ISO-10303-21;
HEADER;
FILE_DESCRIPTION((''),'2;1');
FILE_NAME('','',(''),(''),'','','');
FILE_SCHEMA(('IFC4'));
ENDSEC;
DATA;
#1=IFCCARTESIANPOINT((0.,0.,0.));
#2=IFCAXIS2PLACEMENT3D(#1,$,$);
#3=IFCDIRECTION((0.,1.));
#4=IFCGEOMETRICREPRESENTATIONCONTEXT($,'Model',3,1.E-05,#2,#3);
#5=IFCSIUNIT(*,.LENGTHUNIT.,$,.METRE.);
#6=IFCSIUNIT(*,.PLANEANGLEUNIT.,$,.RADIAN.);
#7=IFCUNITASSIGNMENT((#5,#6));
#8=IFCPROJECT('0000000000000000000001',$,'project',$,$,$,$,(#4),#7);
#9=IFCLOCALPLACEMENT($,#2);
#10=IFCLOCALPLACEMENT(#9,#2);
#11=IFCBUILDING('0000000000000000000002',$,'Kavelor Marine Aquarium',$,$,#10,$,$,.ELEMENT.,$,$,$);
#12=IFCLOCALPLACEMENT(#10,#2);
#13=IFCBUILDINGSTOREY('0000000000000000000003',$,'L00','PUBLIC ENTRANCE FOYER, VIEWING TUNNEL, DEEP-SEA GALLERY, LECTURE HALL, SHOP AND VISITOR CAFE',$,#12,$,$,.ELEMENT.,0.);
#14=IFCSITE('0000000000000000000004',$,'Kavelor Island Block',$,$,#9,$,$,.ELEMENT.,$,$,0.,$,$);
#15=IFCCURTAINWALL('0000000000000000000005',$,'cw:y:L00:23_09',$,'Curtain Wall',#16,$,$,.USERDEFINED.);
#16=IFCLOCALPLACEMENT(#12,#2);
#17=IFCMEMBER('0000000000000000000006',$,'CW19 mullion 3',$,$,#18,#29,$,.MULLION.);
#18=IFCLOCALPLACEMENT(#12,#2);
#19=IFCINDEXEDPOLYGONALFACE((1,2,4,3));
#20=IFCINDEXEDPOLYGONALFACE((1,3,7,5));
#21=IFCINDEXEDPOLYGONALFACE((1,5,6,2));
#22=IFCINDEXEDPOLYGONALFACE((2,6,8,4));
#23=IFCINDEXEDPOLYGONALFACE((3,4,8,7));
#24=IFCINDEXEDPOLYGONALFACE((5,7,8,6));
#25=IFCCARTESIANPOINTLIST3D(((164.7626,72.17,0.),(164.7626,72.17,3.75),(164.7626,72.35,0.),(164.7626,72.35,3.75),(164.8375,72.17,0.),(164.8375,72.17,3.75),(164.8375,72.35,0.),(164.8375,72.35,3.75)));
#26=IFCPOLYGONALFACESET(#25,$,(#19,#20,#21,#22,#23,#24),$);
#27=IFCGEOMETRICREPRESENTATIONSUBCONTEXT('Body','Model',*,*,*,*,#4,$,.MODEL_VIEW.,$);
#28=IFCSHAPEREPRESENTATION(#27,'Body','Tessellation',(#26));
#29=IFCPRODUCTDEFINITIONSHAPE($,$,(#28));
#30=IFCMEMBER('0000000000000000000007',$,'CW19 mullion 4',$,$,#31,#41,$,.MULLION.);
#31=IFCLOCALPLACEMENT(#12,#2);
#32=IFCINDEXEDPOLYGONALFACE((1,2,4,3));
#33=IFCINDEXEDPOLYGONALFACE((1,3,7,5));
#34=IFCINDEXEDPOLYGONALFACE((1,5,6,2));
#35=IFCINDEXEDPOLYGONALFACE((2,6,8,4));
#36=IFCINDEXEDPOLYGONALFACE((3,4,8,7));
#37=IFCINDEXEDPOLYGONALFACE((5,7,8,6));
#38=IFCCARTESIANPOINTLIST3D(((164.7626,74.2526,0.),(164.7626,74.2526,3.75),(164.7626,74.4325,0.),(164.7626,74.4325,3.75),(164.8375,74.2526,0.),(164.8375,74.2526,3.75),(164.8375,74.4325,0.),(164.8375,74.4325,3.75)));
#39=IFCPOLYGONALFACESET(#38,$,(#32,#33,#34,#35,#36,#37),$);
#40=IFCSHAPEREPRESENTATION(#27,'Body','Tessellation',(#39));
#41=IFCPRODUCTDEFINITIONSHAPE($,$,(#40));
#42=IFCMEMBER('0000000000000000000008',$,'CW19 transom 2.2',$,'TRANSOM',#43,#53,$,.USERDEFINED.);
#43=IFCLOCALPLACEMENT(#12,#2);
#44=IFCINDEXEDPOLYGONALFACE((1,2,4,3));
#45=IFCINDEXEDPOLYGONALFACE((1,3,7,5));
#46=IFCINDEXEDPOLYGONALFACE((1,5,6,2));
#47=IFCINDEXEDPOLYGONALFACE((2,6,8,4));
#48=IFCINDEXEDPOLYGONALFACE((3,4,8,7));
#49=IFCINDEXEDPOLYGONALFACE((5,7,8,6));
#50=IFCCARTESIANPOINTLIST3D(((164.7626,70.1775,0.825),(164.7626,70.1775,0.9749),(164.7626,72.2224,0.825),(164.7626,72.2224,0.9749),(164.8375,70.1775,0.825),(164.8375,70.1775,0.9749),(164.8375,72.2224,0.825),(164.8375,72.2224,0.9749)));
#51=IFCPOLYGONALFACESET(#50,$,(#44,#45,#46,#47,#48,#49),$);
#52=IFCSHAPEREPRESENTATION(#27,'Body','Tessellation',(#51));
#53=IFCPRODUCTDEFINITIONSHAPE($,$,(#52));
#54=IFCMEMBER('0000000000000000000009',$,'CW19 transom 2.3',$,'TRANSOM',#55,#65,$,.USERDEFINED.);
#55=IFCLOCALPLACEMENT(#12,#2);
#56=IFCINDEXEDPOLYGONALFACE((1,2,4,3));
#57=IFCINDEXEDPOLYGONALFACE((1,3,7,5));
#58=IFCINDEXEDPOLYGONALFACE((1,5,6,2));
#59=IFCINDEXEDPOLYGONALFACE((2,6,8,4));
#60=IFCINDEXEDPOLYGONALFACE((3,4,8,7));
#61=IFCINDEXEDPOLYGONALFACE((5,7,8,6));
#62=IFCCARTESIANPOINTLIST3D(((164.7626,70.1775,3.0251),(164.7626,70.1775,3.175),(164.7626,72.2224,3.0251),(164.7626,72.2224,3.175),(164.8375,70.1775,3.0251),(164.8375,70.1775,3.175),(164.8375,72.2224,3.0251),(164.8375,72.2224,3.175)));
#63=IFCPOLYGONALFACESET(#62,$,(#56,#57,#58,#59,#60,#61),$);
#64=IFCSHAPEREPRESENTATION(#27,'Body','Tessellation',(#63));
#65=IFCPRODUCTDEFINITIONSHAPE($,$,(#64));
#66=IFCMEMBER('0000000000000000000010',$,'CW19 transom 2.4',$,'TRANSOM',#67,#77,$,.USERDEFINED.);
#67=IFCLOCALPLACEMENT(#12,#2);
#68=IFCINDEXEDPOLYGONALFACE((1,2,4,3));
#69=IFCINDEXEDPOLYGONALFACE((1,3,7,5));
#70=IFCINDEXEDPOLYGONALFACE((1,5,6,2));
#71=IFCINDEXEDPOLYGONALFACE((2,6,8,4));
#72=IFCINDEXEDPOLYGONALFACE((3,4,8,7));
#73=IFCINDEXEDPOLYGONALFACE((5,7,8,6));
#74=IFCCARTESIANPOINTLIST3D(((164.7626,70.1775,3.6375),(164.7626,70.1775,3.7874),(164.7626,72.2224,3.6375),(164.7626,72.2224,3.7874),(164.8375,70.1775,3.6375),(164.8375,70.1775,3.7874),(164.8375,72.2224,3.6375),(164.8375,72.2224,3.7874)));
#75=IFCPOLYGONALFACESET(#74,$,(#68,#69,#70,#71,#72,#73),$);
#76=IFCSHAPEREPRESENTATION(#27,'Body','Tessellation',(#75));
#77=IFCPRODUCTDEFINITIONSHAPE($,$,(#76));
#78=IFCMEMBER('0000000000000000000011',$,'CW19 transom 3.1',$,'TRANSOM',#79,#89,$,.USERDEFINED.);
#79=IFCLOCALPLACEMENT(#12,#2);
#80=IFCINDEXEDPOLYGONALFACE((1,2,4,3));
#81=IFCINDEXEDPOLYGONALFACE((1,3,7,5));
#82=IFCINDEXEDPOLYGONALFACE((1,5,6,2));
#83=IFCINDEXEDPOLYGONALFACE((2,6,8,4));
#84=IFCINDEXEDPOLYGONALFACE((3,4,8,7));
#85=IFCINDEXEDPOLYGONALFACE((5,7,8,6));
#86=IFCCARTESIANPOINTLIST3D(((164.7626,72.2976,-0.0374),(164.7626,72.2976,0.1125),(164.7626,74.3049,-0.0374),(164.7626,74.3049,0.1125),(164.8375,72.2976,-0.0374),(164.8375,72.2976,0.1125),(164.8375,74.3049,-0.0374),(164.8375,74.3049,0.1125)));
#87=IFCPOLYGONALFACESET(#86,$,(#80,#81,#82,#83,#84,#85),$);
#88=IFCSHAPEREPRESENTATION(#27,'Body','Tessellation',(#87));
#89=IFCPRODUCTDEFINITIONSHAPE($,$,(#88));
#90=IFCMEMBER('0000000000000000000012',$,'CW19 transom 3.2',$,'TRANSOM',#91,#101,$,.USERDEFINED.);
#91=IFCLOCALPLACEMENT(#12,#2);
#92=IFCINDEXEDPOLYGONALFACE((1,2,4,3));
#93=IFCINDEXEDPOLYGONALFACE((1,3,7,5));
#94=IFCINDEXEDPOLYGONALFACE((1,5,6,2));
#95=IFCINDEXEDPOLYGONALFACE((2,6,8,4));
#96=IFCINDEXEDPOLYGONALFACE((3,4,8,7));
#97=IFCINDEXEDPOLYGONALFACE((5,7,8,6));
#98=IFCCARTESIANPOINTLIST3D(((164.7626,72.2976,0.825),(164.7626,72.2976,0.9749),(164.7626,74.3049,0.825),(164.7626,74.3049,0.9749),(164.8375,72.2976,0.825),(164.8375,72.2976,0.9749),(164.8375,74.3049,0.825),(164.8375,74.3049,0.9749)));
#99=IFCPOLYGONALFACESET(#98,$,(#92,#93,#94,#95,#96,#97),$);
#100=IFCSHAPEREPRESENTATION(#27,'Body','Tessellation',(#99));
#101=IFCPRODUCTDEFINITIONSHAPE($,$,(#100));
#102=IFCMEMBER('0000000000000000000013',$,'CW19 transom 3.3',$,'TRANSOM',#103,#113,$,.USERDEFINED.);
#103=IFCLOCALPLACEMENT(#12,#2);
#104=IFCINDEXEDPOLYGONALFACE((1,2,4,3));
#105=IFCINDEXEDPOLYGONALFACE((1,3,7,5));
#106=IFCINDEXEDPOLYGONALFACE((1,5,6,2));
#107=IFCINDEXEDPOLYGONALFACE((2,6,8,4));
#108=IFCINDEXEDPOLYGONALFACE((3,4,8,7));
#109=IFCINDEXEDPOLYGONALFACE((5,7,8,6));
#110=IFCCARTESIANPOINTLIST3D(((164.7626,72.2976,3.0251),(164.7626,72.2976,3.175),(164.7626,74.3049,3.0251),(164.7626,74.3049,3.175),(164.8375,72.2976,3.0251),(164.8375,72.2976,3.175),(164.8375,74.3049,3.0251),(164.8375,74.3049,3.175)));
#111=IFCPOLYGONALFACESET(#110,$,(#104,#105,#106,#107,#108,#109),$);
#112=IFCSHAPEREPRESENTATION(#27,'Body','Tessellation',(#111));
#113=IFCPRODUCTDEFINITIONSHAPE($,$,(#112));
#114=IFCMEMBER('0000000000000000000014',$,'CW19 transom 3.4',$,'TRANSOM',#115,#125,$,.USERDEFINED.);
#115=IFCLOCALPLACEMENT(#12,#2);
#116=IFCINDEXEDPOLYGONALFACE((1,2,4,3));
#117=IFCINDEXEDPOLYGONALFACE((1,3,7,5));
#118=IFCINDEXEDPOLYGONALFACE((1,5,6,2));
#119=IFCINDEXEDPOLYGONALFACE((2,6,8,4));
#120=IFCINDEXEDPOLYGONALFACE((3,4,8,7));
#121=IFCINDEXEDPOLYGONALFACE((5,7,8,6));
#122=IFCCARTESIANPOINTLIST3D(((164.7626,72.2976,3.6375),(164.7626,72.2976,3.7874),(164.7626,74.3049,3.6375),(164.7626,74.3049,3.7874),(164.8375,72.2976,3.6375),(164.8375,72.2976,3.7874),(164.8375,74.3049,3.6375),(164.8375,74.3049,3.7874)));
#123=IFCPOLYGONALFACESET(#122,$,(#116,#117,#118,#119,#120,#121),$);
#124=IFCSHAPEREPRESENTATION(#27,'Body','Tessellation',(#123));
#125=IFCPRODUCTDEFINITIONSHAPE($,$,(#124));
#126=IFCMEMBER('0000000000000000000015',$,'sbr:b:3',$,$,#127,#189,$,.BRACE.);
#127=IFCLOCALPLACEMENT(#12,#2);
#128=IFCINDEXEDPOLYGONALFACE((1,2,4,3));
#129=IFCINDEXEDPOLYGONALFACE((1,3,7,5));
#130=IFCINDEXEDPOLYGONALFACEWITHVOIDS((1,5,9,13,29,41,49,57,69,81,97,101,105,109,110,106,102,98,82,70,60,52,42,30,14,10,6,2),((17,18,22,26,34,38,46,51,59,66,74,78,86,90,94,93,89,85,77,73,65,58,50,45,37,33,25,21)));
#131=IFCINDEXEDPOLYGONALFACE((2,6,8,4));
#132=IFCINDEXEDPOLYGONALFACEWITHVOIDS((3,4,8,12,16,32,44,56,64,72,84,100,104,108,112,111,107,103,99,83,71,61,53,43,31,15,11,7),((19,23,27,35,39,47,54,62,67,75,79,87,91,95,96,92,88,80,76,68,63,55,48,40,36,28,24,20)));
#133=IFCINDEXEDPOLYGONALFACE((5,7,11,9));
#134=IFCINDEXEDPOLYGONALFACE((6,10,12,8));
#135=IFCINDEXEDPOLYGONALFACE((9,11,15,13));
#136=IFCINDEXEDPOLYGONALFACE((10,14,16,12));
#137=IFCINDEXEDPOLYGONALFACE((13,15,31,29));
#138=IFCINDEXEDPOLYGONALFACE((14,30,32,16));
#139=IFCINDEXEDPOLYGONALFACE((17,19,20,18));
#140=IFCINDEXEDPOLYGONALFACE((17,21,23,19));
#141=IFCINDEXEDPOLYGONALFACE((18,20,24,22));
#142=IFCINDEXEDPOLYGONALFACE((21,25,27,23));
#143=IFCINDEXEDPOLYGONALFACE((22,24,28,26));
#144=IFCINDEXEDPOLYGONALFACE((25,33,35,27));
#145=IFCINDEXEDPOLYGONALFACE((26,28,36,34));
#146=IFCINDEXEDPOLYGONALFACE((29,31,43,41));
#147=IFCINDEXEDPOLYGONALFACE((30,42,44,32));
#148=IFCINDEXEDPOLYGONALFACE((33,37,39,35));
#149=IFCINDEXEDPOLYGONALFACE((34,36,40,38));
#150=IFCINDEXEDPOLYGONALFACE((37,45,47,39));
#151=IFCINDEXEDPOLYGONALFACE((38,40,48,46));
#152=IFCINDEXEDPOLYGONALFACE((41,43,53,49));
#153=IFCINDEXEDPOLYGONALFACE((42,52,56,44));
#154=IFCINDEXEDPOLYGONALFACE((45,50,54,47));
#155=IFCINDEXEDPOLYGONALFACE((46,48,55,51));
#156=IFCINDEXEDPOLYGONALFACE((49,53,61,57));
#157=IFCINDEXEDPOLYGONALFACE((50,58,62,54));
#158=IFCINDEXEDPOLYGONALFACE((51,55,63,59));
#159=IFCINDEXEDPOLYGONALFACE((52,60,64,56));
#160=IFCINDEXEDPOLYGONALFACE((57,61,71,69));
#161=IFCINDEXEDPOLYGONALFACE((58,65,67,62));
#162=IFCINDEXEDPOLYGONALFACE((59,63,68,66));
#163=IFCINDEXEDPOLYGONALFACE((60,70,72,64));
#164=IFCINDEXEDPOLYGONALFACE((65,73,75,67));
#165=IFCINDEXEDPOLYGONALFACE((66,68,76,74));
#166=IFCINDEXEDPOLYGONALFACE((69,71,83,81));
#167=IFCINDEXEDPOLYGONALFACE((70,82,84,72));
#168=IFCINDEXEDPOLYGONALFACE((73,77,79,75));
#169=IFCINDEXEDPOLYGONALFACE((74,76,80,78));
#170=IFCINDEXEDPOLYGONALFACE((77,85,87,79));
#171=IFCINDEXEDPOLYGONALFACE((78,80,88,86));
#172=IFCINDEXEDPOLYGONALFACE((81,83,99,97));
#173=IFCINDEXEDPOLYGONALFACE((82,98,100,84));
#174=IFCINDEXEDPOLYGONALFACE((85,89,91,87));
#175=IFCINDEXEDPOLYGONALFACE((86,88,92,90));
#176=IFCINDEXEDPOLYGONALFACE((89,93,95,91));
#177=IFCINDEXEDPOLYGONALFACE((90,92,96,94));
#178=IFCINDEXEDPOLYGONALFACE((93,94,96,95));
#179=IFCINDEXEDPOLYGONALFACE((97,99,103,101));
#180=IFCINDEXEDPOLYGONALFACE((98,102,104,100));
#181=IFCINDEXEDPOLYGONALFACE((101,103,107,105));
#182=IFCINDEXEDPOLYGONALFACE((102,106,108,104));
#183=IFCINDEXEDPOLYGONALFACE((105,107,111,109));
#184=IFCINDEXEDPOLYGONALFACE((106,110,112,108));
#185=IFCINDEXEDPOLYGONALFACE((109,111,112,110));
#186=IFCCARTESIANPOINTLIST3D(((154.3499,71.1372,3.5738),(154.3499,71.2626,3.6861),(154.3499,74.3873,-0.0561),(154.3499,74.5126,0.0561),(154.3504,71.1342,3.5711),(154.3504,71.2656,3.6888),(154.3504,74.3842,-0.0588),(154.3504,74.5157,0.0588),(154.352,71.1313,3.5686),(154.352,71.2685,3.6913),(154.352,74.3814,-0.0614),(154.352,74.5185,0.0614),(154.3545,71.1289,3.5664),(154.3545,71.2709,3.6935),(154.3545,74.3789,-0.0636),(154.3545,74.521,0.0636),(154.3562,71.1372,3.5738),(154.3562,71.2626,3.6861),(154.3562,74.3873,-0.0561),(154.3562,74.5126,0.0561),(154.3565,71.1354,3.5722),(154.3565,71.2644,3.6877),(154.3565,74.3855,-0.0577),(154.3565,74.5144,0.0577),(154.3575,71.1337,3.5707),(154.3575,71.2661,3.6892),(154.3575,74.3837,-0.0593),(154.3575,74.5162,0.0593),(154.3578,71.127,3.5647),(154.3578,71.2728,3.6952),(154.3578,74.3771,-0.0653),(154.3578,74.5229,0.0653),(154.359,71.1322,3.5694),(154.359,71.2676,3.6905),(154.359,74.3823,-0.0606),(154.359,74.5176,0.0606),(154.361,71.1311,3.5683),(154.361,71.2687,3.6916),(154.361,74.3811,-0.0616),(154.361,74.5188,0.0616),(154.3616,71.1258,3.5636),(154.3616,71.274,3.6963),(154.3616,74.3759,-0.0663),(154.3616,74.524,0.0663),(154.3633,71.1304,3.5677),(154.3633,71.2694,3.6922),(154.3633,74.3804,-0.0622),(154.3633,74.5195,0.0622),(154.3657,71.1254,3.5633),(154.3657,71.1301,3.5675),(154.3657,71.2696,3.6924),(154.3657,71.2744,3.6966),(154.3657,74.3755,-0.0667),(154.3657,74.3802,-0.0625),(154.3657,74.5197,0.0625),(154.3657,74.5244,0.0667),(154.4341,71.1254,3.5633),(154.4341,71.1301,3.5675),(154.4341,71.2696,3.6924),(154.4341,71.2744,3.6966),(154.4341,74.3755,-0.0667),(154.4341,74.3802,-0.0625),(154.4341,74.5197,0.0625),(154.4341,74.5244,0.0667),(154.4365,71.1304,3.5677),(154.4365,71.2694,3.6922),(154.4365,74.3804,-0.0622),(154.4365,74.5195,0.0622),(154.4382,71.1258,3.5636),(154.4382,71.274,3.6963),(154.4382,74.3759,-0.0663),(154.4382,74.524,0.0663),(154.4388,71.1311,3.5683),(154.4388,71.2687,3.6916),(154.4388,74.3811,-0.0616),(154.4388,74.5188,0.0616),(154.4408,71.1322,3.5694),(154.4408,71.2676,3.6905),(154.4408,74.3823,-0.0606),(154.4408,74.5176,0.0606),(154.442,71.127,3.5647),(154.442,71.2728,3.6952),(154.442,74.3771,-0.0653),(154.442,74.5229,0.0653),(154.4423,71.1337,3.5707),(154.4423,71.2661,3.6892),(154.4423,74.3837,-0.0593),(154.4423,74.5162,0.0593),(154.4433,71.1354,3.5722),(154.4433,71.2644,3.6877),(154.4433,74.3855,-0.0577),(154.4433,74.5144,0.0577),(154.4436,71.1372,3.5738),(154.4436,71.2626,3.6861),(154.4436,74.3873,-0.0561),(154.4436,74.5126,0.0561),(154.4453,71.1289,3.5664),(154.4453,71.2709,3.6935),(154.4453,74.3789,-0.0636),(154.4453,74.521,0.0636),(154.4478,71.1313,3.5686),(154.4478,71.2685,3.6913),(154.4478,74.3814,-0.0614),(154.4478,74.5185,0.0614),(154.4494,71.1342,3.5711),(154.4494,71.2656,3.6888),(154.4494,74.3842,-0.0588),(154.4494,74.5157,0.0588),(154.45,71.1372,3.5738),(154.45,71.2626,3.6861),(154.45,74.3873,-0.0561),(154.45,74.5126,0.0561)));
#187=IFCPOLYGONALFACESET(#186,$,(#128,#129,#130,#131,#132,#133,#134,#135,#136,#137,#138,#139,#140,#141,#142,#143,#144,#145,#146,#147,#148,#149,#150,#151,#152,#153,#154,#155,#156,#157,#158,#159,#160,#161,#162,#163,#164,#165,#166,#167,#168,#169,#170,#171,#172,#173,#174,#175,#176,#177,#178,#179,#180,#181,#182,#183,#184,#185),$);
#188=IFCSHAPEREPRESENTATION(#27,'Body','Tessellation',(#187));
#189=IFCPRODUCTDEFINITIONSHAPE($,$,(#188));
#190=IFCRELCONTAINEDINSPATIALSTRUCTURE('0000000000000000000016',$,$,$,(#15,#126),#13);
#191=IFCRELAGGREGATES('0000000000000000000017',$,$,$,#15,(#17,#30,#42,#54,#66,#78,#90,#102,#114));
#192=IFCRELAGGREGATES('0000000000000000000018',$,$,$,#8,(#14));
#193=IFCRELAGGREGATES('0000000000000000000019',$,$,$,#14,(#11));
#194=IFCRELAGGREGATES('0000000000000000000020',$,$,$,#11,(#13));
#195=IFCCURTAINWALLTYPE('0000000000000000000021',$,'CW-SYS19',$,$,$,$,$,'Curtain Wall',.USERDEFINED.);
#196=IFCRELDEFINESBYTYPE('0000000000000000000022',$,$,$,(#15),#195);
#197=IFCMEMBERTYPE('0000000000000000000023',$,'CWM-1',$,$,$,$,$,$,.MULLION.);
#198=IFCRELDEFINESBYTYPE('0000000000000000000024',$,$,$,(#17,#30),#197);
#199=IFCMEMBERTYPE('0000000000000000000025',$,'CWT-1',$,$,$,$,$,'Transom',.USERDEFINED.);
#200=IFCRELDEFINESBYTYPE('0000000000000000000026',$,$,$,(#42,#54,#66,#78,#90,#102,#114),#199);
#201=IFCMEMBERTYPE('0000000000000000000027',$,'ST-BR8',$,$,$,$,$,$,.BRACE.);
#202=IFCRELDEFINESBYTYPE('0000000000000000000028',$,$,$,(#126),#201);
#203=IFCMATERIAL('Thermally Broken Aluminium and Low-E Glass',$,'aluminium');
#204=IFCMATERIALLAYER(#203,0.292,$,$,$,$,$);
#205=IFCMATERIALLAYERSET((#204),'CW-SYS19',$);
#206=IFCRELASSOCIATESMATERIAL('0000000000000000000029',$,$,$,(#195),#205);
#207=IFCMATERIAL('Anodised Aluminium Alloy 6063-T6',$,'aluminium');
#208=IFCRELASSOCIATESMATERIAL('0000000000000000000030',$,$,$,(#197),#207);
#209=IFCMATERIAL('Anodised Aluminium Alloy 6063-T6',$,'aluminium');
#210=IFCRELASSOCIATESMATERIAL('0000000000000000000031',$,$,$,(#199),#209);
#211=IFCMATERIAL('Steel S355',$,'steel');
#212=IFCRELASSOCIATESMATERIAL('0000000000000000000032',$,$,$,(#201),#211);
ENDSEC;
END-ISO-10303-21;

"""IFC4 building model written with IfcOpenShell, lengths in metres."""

from ifc_helpers import new_model, si_unit, direction, frame, origin, origin_2d, place, context, subcontext, project, spatial, rectangle, hollow_rectangle, extrude, material, layer, layer_set, material_profile, profile_set, type_object, element, aggregate, save


model = new_model("IFC4")

# Units and contexts
model_context = context("Model", 3, precision=1e-05, world=origin(), true_north=direction((0.0, 1.0)))
body_context = subcontext(model_context, "Body", "Model", "MODEL_VIEW")
ifc_project = project(units=[si_unit("LENGTHUNIT", "METRE"), si_unit("PLANEANGLEUNIT", "RADIAN")], contexts=[model_context])

# Site, building, storey
site_placement = place(None, origin())
site = spatial("IfcSite", under=ifc_project, at=site_placement, Name="Kavelor Island Block", CompositionType="ELEMENT", RefElevation=0.0)
building_placement = place(site_placement, origin())
building = spatial("IfcBuilding", under=site, at=building_placement, Name="Kavelor Marine Aquarium", CompositionType="ELEMENT")
storey_placement = place(building_placement, origin())
storey = spatial("IfcBuildingStorey", under=building, at=storey_placement, Name="L00", Description="PUBLIC ENTRANCE FOYER, VIEWING TUNNEL, DEEP-SEA GALLERY, LECTURE HALL, SHOP AND VISITOR CAFE", CompositionType="ELEMENT", Elevation=0.0)

# Curtain wall, members
ifc_material_1 = material(Name="Thermally Broken Aluminium and Low-E Glass", Category="aluminium")
ifc_layer_1 = layer(ifc_material_1, 0.292)
ifc_layer_set_1 = layer_set([ifc_layer_1], Name="CW-SYS19")
curtain_wall_type = type_object("IfcCurtainWallType", Name="CW-SYS19", ElementType="Curtain Wall", PredefinedType="USERDEFINED", material=ifc_layer_set_1)
curtain_wall_placement = place(storey_placement, origin())
curtain_wall = element("IfcCurtainWall", 1, at=curtain_wall_placement, inside=storey, type_object=curtain_wall_type, Name="cw:y:L00:23_09", ObjectType="Curtain Wall", PredefinedType="USERDEFINED")
ifc_material_2 = material(Name="Anodised Aluminium Alloy 6063-T6", Category="aluminium")
ifc_material_profile_1 = material_profile(ifc_material_2, rectangle(XDim=0.075, YDim=0.1799, at=origin_2d()), Name="CW-MUL 75x180")
ifc_profile_set_1 = profile_set([ifc_material_profile_1], Name="Anodised Aluminium Alloy 6063-T6")
member_type_1 = type_object("IfcMemberType", Name="CWM-1", PredefinedType="MULLION", material=ifc_profile_set_1)
member_1_placement = place(storey_placement, frame((164.8, 72.26, 0.0), z_axis=(0.0, 0.0, 1.0), x_axis=(-1.0, 0.0, 0.0)))
member_1 = element("IfcMember", 2, at=member_1_placement, type_object=member_type_1, Name="CW19 mullion 3", PredefinedType="MULLION", context=body_context, shape_type="SweptSolid", body=[
    extrude(rectangle(XDim=0.075, YDim=0.1799, at=origin_2d()), origin(), (0.0, 0.0, 1.0), 3.75),
])
member_2_placement = place(storey_placement, frame((164.8, 74.3425, 0.0), z_axis=(0.0, 0.0, 1.0), x_axis=(-1.0, 0.0, 0.0)))
member_2 = element("IfcMember", 3, at=member_2_placement, type_object=member_type_1, Name="CW19 mullion 4", PredefinedType="MULLION", context=body_context, shape_type="SweptSolid", body=[
    extrude(rectangle(XDim=0.075, YDim=0.1799, at=origin_2d()), origin(), (0.0, 0.0, 1.0), 3.75),
])
ifc_material_3 = material(Name="Anodised Aluminium Alloy 6063-T6", Category="aluminium")
ifc_material_profile_2 = material_profile(ifc_material_3, rectangle(XDim=0.075, YDim=0.1499, at=origin_2d()), Name="CW-TRN 75x150")
ifc_profile_set_2 = profile_set([ifc_material_profile_2], Name="Anodised Aluminium Alloy 6063-T6")
member_type_2 = type_object("IfcMemberType", Name="CWT-1", ElementType="Transom", PredefinedType="USERDEFINED", material=ifc_profile_set_2)
member_3_placement = place(storey_placement, frame((164.8, 70.1775, 0.8999), z_axis=(0.0, 1.0, 0.0), x_axis=(-1.0, 0.0, 0.0)))
member_3 = element("IfcMember", 4, at=member_3_placement, type_object=member_type_2, Name="CW19 transom 2.2", ObjectType="TRANSOM", PredefinedType="USERDEFINED", context=body_context, shape_type="SweptSolid", body=[
    extrude(rectangle(XDim=0.075, YDim=0.1499, at=origin_2d()), origin(), (0.0, 0.0, 1.0), 2.0449),
])
member_4_placement = place(storey_placement, frame((164.8, 70.1775, 3.1001), z_axis=(0.0, 1.0, 0.0), x_axis=(-1.0, 0.0, 0.0)))
member_4 = element("IfcMember", 5, at=member_4_placement, type_object=member_type_2, Name="CW19 transom 2.3", ObjectType="TRANSOM", PredefinedType="USERDEFINED", context=body_context, shape_type="SweptSolid", body=[
    extrude(rectangle(XDim=0.075, YDim=0.1499, at=origin_2d()), origin(), (0.0, 0.0, 1.0), 2.0449),
])
member_5_placement = place(storey_placement, frame((164.8, 70.1775, 3.7124), z_axis=(0.0, 1.0, 0.0), x_axis=(-1.0, 0.0, 0.0)))
member_5 = element("IfcMember", 6, at=member_5_placement, type_object=member_type_2, Name="CW19 transom 2.4", ObjectType="TRANSOM", PredefinedType="USERDEFINED", context=body_context, shape_type="SweptSolid", body=[
    extrude(rectangle(XDim=0.075, YDim=0.1499, at=origin_2d()), origin(), (0.0, 0.0, 1.0), 2.0449),
])
member_6_placement = place(storey_placement, frame((164.8, 72.2976, 0.0376), z_axis=(0.0, 1.0, 0.0), x_axis=(-1.0, 0.0, 0.0)))
member_6 = element("IfcMember", 7, at=member_6_placement, type_object=member_type_2, Name="CW19 transom 3.1", ObjectType="TRANSOM", PredefinedType="USERDEFINED", context=body_context, shape_type="SweptSolid", body=[
    extrude(rectangle(XDim=0.075, YDim=0.1499, at=origin_2d()), origin(), (0.0, 0.0, 1.0), 2.0073),
])
member_7_placement = place(storey_placement, frame((164.8, 72.2976, 0.8999), z_axis=(0.0, 1.0, 0.0), x_axis=(-1.0, 0.0, 0.0)))
member_7 = element("IfcMember", 8, at=member_7_placement, type_object=member_type_2, Name="CW19 transom 3.2", ObjectType="TRANSOM", PredefinedType="USERDEFINED", context=body_context, shape_type="SweptSolid", body=[
    extrude(rectangle(XDim=0.075, YDim=0.1499, at=origin_2d()), origin(), (0.0, 0.0, 1.0), 2.0073),
])
member_8_placement = place(storey_placement, frame((164.8, 72.2976, 3.1001), z_axis=(0.0, 1.0, 0.0), x_axis=(-1.0, 0.0, 0.0)))
member_8 = element("IfcMember", 9, at=member_8_placement, type_object=member_type_2, Name="CW19 transom 3.3", ObjectType="TRANSOM", PredefinedType="USERDEFINED", context=body_context, shape_type="SweptSolid", body=[
    extrude(rectangle(XDim=0.075, YDim=0.1499, at=origin_2d()), origin(), (0.0, 0.0, 1.0), 2.0073),
])
member_9_placement = place(storey_placement, frame((164.8, 72.2976, 3.7124), z_axis=(0.0, 1.0, 0.0), x_axis=(-1.0, 0.0, 0.0)))
member_9 = element("IfcMember", 10, at=member_9_placement, type_object=member_type_2, Name="CW19 transom 3.4", ObjectType="TRANSOM", PredefinedType="USERDEFINED", context=body_context, shape_type="SweptSolid", body=[
    extrude(rectangle(XDim=0.075, YDim=0.1499, at=origin_2d()), origin(), (0.0, 0.0, 1.0), 2.0073),
])

# Member
ifc_material_4 = material(Name="Steel S355", Category="steel")
ifc_material_profile_3 = material_profile(ifc_material_4, hollow_rectangle(XDim=0.1001, YDim=0.2, WallThickness=0.0063, InnerFilletRadius=0.0095, OuterFilletRadius=0.0159, at=origin_2d()), Name="RHS 200x100x6.3")
ifc_profile_set_3 = profile_set([ifc_material_profile_3], Name="Steel S355")
member_type_3 = type_object("IfcMemberType", Name="ST-BR8", PredefinedType="BRACE", material=ifc_profile_set_3)
member_10_placement = place(storey_placement, frame((154.3999, 74.45, 0.0), z_axis=(0.0, -0.667047, 0.745016), x_axis=(1.0, 0.0, 0.0)))
element("IfcMember", 11, at=member_10_placement, inside=storey, type_object=member_type_3, Name="sbr:b:3", PredefinedType="BRACE", context=body_context, shape_type="SweptSolid", body=[
    extrude(hollow_rectangle(XDim=0.1001, YDim=0.2, WallThickness=0.0063, InnerFilletRadius=0.0095, OuterFilletRadius=0.0159, at=origin_2d()), origin(), (0.0, 0.0, 1.0), 4.8723),
])

aggregate(curtain_wall, [member_1, member_2, member_3, member_4, member_5, member_6, member_7, member_8, member_9])

save(model, "model.ifc")
